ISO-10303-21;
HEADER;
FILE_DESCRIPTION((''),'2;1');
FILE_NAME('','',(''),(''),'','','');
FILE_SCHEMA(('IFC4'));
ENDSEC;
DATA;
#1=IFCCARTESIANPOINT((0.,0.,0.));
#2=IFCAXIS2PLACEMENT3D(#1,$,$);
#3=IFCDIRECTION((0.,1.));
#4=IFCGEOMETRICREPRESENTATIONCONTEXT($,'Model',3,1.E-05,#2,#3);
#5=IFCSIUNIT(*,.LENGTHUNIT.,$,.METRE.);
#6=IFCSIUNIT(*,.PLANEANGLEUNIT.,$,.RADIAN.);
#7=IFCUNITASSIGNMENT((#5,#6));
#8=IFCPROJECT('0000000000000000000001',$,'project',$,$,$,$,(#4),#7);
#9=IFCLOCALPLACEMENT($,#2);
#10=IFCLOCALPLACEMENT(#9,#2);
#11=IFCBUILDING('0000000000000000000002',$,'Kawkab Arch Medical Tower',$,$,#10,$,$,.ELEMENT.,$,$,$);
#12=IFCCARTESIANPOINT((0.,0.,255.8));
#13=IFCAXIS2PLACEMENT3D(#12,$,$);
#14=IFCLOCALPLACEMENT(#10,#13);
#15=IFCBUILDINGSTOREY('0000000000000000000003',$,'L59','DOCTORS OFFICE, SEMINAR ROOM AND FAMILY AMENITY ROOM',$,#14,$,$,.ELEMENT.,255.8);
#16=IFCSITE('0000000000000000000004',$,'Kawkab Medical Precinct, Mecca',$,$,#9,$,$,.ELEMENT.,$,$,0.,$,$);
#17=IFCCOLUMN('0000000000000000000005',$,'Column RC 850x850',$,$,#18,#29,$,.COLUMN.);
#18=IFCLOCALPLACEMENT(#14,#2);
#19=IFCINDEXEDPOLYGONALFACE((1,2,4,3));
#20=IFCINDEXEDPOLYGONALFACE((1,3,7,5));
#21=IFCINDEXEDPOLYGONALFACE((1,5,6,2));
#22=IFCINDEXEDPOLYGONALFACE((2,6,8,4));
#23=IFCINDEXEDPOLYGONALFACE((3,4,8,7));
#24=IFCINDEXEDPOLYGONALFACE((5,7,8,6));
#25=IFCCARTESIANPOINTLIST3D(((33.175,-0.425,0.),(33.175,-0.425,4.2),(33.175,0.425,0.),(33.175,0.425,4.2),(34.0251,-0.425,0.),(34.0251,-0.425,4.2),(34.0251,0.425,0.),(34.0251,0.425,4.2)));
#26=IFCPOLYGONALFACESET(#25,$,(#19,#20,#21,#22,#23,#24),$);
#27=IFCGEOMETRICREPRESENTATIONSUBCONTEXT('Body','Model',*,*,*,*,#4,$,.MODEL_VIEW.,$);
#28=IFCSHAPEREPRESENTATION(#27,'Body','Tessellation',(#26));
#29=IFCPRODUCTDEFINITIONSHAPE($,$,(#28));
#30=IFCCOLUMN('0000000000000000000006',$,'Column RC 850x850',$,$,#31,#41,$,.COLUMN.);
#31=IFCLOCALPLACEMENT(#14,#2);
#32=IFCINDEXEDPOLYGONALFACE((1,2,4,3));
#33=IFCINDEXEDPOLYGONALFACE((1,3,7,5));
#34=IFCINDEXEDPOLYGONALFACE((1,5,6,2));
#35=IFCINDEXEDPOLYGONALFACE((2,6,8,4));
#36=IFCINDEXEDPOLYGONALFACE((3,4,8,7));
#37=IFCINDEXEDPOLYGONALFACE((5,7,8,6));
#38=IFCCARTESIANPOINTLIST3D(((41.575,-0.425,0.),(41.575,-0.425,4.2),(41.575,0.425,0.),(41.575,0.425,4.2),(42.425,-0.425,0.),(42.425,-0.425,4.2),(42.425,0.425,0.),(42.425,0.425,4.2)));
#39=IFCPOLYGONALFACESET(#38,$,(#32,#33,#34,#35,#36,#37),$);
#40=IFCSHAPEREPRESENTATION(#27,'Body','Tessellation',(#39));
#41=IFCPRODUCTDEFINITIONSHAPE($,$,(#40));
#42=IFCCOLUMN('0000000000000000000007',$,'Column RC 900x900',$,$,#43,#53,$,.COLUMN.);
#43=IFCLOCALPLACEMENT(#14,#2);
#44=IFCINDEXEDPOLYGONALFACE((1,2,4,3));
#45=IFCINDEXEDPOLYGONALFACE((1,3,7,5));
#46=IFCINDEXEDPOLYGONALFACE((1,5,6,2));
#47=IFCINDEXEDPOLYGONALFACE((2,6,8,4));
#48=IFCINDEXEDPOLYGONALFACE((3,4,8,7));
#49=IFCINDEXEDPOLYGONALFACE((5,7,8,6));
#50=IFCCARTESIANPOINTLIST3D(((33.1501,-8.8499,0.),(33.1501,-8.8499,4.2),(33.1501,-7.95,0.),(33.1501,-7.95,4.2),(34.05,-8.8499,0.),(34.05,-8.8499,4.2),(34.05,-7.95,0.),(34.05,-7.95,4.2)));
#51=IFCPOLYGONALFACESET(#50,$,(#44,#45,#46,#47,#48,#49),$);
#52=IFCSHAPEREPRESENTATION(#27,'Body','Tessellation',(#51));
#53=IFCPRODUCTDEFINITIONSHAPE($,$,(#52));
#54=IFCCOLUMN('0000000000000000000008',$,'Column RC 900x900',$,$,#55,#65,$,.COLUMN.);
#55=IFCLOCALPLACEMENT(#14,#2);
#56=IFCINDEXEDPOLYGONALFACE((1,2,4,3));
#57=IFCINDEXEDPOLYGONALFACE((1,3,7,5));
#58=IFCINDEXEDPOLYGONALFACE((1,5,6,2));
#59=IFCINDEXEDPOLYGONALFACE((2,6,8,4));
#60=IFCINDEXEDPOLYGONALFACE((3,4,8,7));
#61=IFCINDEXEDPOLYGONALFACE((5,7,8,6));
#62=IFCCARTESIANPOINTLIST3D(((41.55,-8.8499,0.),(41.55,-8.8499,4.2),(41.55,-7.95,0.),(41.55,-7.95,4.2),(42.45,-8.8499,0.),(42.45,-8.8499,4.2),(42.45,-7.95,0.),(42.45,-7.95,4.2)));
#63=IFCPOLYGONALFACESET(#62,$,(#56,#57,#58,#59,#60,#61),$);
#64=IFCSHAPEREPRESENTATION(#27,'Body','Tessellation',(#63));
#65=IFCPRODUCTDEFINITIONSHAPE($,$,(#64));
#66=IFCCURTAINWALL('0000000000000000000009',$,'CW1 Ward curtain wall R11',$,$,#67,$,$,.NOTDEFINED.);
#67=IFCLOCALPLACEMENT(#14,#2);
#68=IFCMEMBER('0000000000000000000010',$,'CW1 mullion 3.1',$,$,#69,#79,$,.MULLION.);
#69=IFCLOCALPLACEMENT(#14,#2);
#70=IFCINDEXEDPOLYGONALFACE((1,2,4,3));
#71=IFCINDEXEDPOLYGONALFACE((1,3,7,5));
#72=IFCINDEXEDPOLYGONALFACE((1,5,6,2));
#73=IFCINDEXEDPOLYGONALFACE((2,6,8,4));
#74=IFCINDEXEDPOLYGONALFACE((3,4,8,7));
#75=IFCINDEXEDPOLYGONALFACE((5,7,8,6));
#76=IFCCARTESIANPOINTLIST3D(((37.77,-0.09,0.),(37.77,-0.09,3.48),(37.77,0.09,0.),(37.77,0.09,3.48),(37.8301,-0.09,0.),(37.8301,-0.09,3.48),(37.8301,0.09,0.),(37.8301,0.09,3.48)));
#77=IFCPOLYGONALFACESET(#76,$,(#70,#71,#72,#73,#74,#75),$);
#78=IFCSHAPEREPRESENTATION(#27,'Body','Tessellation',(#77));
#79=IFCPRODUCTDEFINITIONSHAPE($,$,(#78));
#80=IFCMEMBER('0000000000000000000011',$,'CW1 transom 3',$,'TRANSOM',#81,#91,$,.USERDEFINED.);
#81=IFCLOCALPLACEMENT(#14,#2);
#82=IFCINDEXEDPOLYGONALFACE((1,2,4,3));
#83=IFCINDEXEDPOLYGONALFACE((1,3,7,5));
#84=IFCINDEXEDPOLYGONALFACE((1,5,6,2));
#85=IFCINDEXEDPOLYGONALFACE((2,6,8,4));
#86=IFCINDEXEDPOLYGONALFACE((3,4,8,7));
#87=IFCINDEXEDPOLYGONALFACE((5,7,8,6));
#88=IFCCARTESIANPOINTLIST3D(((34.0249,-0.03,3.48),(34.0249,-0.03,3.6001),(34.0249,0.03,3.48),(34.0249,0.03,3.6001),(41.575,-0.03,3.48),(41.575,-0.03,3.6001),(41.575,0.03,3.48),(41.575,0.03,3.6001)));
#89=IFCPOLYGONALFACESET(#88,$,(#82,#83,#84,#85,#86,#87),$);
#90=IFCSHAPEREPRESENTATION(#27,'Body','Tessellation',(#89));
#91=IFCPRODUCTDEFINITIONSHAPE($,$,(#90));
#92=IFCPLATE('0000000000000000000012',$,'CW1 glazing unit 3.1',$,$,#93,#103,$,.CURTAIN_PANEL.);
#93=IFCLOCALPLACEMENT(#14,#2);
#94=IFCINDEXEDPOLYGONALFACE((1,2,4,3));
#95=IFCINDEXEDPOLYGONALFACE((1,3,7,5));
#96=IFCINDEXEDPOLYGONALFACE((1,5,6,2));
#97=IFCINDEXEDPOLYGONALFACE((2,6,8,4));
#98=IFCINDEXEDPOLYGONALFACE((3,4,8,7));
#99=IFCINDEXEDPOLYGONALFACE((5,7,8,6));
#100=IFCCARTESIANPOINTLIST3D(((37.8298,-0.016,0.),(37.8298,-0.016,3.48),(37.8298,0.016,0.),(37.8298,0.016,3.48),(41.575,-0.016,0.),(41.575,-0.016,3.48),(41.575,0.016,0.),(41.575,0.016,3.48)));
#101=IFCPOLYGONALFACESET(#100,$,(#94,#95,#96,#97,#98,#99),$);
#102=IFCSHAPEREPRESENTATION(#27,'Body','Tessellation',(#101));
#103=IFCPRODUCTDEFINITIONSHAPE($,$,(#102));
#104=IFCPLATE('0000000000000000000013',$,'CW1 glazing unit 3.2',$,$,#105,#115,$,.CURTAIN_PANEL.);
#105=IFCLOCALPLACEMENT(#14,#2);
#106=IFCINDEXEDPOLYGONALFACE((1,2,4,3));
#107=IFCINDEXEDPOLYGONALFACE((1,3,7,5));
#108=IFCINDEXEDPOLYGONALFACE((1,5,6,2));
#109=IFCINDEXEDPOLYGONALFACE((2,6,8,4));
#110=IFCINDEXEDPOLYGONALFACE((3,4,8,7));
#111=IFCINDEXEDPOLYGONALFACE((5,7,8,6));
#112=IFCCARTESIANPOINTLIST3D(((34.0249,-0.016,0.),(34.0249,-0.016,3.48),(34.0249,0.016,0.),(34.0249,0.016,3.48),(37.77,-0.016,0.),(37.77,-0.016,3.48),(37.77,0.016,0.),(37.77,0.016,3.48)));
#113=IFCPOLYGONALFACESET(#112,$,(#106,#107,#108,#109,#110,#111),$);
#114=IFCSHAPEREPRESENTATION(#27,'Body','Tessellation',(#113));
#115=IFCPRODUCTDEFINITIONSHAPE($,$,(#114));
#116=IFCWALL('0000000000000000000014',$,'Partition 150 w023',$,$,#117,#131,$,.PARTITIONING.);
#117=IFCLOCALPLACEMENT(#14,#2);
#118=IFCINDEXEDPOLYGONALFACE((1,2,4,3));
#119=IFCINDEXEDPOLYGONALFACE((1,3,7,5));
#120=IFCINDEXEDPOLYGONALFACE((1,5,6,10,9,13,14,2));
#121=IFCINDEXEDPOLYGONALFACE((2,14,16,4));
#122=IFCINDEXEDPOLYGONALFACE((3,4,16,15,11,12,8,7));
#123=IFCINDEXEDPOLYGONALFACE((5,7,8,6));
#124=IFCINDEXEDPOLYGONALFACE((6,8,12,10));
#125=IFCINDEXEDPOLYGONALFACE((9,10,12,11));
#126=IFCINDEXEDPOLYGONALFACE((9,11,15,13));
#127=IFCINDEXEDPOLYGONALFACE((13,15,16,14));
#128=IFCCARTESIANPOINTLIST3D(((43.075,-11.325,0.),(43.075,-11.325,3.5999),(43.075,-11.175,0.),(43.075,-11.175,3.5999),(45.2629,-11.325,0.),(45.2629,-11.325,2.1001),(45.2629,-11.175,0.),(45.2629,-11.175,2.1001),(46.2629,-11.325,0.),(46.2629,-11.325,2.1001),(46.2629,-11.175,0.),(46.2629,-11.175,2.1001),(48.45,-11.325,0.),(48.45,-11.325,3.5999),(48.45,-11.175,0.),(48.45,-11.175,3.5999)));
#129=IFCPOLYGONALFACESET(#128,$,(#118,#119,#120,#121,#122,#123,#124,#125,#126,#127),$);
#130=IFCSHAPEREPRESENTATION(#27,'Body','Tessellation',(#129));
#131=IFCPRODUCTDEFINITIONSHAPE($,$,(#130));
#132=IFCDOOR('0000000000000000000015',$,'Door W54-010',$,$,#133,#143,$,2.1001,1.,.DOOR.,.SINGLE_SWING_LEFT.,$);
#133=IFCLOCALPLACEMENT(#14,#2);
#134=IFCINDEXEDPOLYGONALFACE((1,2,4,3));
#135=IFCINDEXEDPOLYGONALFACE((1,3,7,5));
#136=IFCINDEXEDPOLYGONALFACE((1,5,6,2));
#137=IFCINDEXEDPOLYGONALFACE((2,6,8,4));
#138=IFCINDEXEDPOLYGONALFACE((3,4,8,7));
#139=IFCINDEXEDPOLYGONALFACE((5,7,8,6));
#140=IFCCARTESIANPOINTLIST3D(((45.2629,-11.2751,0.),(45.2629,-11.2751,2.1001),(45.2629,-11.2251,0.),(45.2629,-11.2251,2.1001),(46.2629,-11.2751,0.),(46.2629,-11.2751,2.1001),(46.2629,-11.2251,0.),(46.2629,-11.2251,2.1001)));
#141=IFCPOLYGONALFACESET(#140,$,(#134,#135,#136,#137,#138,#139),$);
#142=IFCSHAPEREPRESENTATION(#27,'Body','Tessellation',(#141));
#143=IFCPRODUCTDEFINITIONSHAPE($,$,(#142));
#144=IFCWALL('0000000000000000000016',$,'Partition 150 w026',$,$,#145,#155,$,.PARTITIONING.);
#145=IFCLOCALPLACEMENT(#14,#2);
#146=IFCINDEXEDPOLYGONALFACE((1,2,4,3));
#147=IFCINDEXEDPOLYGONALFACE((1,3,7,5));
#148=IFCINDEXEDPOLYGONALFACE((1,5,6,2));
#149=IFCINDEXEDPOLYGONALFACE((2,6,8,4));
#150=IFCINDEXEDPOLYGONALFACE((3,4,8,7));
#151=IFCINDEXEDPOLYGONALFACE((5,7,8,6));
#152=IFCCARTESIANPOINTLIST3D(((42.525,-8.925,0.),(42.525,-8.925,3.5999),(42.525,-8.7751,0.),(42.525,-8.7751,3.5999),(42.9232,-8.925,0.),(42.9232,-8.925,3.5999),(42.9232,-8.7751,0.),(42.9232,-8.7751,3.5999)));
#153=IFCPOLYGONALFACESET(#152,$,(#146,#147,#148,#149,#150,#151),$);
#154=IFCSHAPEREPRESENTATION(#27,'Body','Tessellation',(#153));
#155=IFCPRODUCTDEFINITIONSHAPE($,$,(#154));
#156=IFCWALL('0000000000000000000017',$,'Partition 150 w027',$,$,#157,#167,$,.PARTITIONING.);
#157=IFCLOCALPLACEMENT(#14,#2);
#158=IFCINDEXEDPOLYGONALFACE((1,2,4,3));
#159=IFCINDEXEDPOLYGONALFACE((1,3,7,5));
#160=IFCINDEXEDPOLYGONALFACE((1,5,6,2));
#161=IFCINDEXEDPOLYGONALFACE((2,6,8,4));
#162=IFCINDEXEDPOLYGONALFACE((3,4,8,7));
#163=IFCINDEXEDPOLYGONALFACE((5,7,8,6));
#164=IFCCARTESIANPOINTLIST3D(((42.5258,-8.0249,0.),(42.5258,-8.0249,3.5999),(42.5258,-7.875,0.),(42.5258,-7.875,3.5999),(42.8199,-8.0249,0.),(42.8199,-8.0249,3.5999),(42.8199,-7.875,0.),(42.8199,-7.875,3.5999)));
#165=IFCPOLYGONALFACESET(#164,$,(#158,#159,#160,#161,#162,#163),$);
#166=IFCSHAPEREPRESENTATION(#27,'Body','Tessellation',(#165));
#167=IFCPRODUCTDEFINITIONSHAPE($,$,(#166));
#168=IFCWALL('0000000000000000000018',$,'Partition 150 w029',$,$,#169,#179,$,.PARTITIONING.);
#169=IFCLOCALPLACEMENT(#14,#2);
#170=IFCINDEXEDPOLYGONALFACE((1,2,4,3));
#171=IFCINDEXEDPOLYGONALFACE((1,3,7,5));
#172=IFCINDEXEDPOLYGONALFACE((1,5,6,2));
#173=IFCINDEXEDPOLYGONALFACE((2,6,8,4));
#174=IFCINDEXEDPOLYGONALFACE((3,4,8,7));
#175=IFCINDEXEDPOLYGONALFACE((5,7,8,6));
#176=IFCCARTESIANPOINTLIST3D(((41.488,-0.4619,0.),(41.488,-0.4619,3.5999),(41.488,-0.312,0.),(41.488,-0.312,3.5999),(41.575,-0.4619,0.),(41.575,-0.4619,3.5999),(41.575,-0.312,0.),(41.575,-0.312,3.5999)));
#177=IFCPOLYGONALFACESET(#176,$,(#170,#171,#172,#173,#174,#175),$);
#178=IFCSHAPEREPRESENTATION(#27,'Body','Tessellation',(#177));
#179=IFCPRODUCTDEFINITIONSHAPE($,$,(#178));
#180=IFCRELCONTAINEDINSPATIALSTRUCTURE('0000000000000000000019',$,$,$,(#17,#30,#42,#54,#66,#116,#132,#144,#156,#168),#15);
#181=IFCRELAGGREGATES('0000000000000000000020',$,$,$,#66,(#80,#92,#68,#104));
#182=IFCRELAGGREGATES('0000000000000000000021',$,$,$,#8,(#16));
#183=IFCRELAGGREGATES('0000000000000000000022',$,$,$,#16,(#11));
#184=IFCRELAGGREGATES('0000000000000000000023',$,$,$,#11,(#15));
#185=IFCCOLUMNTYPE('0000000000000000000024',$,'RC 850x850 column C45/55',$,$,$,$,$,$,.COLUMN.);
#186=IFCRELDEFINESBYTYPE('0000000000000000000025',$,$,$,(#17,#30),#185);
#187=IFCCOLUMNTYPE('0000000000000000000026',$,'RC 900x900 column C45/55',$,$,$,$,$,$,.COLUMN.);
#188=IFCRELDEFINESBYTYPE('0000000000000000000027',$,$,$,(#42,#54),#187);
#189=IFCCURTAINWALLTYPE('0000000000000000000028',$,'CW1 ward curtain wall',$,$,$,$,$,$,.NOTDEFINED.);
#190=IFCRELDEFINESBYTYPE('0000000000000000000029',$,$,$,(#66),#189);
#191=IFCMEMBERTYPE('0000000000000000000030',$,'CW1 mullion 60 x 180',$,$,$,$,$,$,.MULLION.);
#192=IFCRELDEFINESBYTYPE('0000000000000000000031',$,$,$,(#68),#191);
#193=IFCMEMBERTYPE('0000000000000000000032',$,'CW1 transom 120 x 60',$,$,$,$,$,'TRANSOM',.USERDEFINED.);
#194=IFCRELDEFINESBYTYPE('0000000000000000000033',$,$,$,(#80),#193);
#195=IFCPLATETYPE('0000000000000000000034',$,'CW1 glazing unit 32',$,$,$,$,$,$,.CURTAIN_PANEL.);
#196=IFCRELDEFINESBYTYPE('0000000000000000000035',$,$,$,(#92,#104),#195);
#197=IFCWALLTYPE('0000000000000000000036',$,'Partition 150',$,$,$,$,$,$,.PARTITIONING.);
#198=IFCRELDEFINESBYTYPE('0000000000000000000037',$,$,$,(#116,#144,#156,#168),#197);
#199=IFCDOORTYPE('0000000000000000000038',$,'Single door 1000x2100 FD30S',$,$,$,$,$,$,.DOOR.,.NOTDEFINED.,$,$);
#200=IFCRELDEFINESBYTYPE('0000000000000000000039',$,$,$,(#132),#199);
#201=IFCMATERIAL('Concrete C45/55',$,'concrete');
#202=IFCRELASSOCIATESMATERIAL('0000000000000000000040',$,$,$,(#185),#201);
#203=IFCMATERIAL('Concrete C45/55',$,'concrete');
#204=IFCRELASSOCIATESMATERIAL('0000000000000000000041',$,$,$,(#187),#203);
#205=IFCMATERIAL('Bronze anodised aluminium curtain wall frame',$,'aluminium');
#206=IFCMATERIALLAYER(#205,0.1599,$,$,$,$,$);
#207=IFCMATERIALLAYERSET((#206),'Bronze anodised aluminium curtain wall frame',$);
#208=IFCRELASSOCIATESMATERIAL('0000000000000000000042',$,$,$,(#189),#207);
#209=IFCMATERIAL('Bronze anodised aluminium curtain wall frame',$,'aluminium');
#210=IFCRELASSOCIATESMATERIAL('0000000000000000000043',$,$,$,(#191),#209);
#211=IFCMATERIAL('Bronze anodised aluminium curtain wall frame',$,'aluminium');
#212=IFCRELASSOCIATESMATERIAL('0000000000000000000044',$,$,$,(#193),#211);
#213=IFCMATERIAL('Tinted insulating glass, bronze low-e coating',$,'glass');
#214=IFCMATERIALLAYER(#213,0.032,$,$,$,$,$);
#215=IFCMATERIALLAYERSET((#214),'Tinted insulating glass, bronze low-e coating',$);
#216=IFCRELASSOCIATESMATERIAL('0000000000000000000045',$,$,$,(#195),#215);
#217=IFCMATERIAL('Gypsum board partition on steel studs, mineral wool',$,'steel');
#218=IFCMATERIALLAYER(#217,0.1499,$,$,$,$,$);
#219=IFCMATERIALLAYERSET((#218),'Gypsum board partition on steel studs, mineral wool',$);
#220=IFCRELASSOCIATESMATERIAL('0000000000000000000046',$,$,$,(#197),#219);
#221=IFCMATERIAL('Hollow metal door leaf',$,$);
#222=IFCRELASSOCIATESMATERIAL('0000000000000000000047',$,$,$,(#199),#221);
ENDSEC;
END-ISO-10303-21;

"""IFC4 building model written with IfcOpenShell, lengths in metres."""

from ifc_helpers import new_model, si_unit, direction, frame, frame_2d, origin, origin_2d, place, context, subcontext, project, spatial, rectangle, extrude, material, layer, layer_set, material_profile, profile_set, type_object, element, fill, aggregate, save


model = new_model("IFC4")

# Units and contexts
model_context = context("Model", 3, precision=1e-05, world=origin(), true_north=direction((0.0, 1.0)))
body_context = subcontext(model_context, "Body", "Model", "MODEL_VIEW")
ifc_project = project(units=[si_unit("LENGTHUNIT", "METRE"), si_unit("PLANEANGLEUNIT", "RADIAN")], contexts=[model_context])

# Site, building, storey
site_placement = place(None, origin())
site = spatial("IfcSite", under=ifc_project, at=site_placement, Name="Kawkab Medical Precinct, Mecca", CompositionType="ELEMENT", RefElevation=0.0)
building_placement = place(site_placement, origin())
building = spatial("IfcBuilding", under=site, at=building_placement, Name="Kawkab Arch Medical Tower", CompositionType="ELEMENT")
storey_placement = place(building_placement, frame((0.0, 0.0, 255.8)))
storey = spatial("IfcBuildingStorey", under=building, at=storey_placement, Name="L59", Description="DOCTORS OFFICE, SEMINAR ROOM AND FAMILY AMENITY ROOM", CompositionType="ELEMENT", Elevation=255.8)

# Columns
ifc_material_1 = material(Name="Concrete C45/55", Category="concrete")
ifc_material_profile_1 = material_profile(ifc_material_1, rectangle(XDim=0.8501, YDim=0.8501, at=origin_2d()), Name="RC 850x850")
ifc_profile_set_1 = profile_set([ifc_material_profile_1], Name="Concrete C45/55")
column_type_1 = type_object("IfcColumnType", Name="RC 850x850 column C45/55", PredefinedType="COLUMN", material=ifc_profile_set_1)
for number, where, z_axis, x_axis, name in (
    (1, (33.6001, 0.0, 0.0), (0.0, 0.0, 1.0), (1.0, 0.0, 0.0), "Column RC 850x850"),
    (2, (42.0, 0.0, 0.0), (0.0, 0.0, 1.0), (1.0, 0.0, 0.0), "Column RC 850x850"),
):
    element("IfcColumn", number, at=place(storey_placement, frame(where, z_axis=z_axis, x_axis=x_axis)), inside=storey, type_object=column_type_1, Name=name, PredefinedType="COLUMN", context=body_context, shape_type="SweptSolid", body=[
        extrude(rectangle(XDim=0.8501, YDim=0.8501, at=origin_2d()), origin(), (0.0, 0.0, 1.0), 4.2),
    ])
ifc_material_2 = material(Name="Concrete C45/55", Category="concrete")
ifc_material_profile_2 = material_profile(ifc_material_2, rectangle(XDim=0.8999, YDim=0.8999, at=origin_2d()), Name="RC 900x900")
ifc_profile_set_2 = profile_set([ifc_material_profile_2], Name="Concrete C45/55")
column_type_2 = type_object("IfcColumnType", Name="RC 900x900 column C45/55", PredefinedType="COLUMN", material=ifc_profile_set_2)
for number, where, z_axis, x_axis, name in (
    (3, (33.6001, -8.3999, 0.0), (0.0, 0.0, 1.0), (1.0, 0.0, 0.0), "Column RC 900x900"),
    (4, (42.0, -8.3999, 0.0), (0.0, 0.0, 1.0), (1.0, 0.0, 0.0), "Column RC 900x900"),
):
    element("IfcColumn", number, at=place(storey_placement, frame(where, z_axis=z_axis, x_axis=x_axis)), inside=storey, type_object=column_type_2, Name=name, PredefinedType="COLUMN", context=body_context, shape_type="SweptSolid", body=[
        extrude(rectangle(XDim=0.8999, YDim=0.8999, at=origin_2d()), origin(), (0.0, 0.0, 1.0), 4.2),
    ])

# Curtain wall, members, plates
ifc_material_3 = material(Name="Bronze anodised aluminium curtain wall frame", Category="aluminium")
ifc_layer_1 = layer(ifc_material_3, 0.1599)
ifc_layer_set_1 = layer_set([ifc_layer_1], Name="Bronze anodised aluminium curtain wall frame")
curtain_wall_type = type_object("IfcCurtainWallType", Name="CW1 ward curtain wall", PredefinedType="NOTDEFINED", material=ifc_layer_set_1)
curtain_wall_placement = place(storey_placement, origin())
curtain_wall = element("IfcCurtainWall", 5, at=curtain_wall_placement, inside=storey, type_object=curtain_wall_type, Name="CW1 Ward curtain wall R11", PredefinedType="NOTDEFINED")
ifc_material_4 = material(Name="Bronze anodised aluminium curtain wall frame", Category="aluminium")
ifc_material_profile_3 = material_profile(ifc_material_4, rectangle(XDim=0.1799, YDim=0.0601, at=origin_2d()), Name="AL 60x180")
ifc_profile_set_3 = profile_set([ifc_material_profile_3], Name="Bronze anodised aluminium curtain wall frame")
member_type_1 = type_object("IfcMemberType", Name="CW1 mullion 60 x 180", PredefinedType="MULLION", material=ifc_profile_set_3)
member_1_placement = place(storey_placement, frame((37.8, 0.0, 0.0), z_axis=(0.0, 0.0, 1.0), x_axis=(0.0, -1.0, 0.0)))
member_1 = element("IfcMember", 6, at=member_1_placement, type_object=member_type_1, Name="CW1 mullion 3.1", PredefinedType="MULLION", context=body_context, shape_type="SweptSolid", body=[
    extrude(rectangle(XDim=0.1799, YDim=0.0601, at=origin_2d()), origin(), (0.0, 0.0, 1.0), 3.48),
])
ifc_material_5 = material(Name="Bronze anodised aluminium curtain wall frame", Category="aluminium")
ifc_material_profile_4 = material_profile(ifc_material_5, rectangle(XDim=0.0601, YDim=0.1201, at=origin_2d()), Name="AL 60x120")
ifc_profile_set_4 = profile_set([ifc_material_profile_4], Name="Bronze anodised aluminium curtain wall frame")
member_type_2 = type_object("IfcMemberType", Name="CW1 transom 120 x 60", ElementType="TRANSOM", PredefinedType="USERDEFINED", material=ifc_profile_set_4)
member_2_placement = place(storey_placement, frame((41.575, 0.0, 3.54), z_axis=(-1.0, 0.0, 0.0), x_axis=(0.0, -1.0, 0.0)))
member_2 = element("IfcMember", 7, at=member_2_placement, type_object=member_type_2, Name="CW1 transom 3", ObjectType="TRANSOM", PredefinedType="USERDEFINED", context=body_context, shape_type="SweptSolid", body=[
    extrude(rectangle(XDim=0.0601, YDim=0.1201, at=origin_2d()), origin(), (0.0, 0.0, 1.0), 7.55),
])
ifc_material_6 = material(Name="Tinted insulating glass, bronze low-e coating", Category="glass")
ifc_layer_2 = layer(ifc_material_6, 0.032)
ifc_layer_set_2 = layer_set([ifc_layer_2], Name="Tinted insulating glass, bronze low-e coating")
plate_type = type_object("IfcPlateType", Name="CW1 glazing unit 32", PredefinedType="CURTAIN_PANEL", material=ifc_layer_set_2)
plate_1_placement = place(storey_placement, frame((39.7024, 0.0, 0.0), z_axis=(0.0, 0.0, 1.0), x_axis=(-1.0, 0.0, 0.0)))
plate_1 = element("IfcPlate", 8, at=plate_1_placement, type_object=plate_type, Name="CW1 glazing unit 3.1", PredefinedType="CURTAIN_PANEL", context=body_context, shape_type="SweptSolid", body=[
    extrude(rectangle(XDim=3.7451, YDim=0.032, at=origin_2d()), origin(), (0.0, 0.0, 1.0), 3.48),
])
plate_2_placement = place(storey_placement, frame((35.8975, 0.0, 0.0), z_axis=(0.0, 0.0, 1.0), x_axis=(-1.0, 0.0, 0.0)))
plate_2 = element("IfcPlate", 9, at=plate_2_placement, type_object=plate_type, Name="CW1 glazing unit 3.2", PredefinedType="CURTAIN_PANEL", context=body_context, shape_type="SweptSolid", body=[
    extrude(rectangle(XDim=3.7451, YDim=0.032, at=origin_2d()), origin(), (0.0, 0.0, 1.0), 3.48),
])
aggregate(curtain_wall, [member_2, plate_1, member_1, plate_2])

# Wall, opening, door
ifc_material_7 = material(Name="Gypsum board partition on steel studs, mineral wool", Category="steel")
ifc_layer_3 = layer(ifc_material_7, 0.1499)
ifc_layer_set_3 = layer_set([ifc_layer_3], Name="Gypsum board partition on steel studs, mineral wool")
wall_type_1 = type_object("IfcWallType", Name="Partition 150", PredefinedType="PARTITIONING", material=ifc_layer_set_3)
wall_1_placement = place(storey_placement, frame((43.075, -11.25, 0.0), z_axis=(0.0, 0.0, 1.0), x_axis=(1.0, 0.0, 0.0)))
wall_1 = element("IfcWall", 10, at=wall_1_placement, inside=storey, type_object=wall_type_1, Name="Partition 150 w023", PredefinedType="PARTITIONING", context=body_context, shape_type="SweptSolid", body=[
    extrude(rectangle(XDim=5.375, YDim=0.1499, at=frame_2d((2.6875, 0.0))), origin(), (0.0, 0.0, 1.0), 3.5999),
])
opening_1_placement = place(wall_1_placement, frame((2.188, 0.0, 0.0)))
opening_1 = element("IfcOpeningElement", 11, at=opening_1_placement, cuts=wall_1, PredefinedType="OPENING", context=body_context, shape_type="SweptSolid", body=[
    extrude(rectangle(XDim=1.0, YDim=2.1001, at=frame_2d((0.5, 1.05))), frame((0.0, 0.085, 0.0), z_axis=(0.0, -1.0, 0.0), x_axis=(1.0, 0.0, 0.0)), (0.0, 0.0, 1.0), 0.1699),
])
ifc_material_8 = material(Name="Hollow metal door leaf")
door_type_1 = type_object("IfcDoorType", Name="Single door 1000x2100 FD30S", OperationType="NOTDEFINED", PredefinedType="DOOR", material=ifc_material_8)
door_1_placement = place(opening_1_placement, origin())
door_1 = element("IfcDoor", 12, at=door_1_placement, inside=storey, type_object=door_type_1, Name="Door W54-010", OperationType="SINGLE_SWING_LEFT", OverallHeight=2.1001, OverallWidth=1.0, PredefinedType="DOOR", context=body_context, shape_type="SweptSolid", body=[
    extrude(rectangle(XDim=1.0, YDim=2.1001, at=frame_2d((0.5, 1.05))), frame((0.0, 0.0249, 0.0), z_axis=(0.0, -1.0, 0.0), x_axis=(1.0, 0.0, 0.0)), (0.0, 0.0, 1.0), 0.05),
])
fill(opening_1, door_1)

# Walls
wall_2_placement = place(storey_placement, frame((42.5249, -8.8501, 0.0), z_axis=(0.0, 0.0, 1.0), x_axis=(1.0, 0.0, 0.0)))
element("IfcWall", 13, at=wall_2_placement, inside=storey, type_object=wall_type_1, Name="Partition 150 w026", PredefinedType="PARTITIONING", context=body_context, shape_type="SweptSolid", body=[
    extrude(rectangle(XDim=0.3982, YDim=0.1499, at=frame_2d((0.1992, 0.0))), origin(), (0.0, 0.0, 1.0), 3.5999),
])
wall_3_placement = place(storey_placement, frame((42.5259, -7.95, 0.0), z_axis=(0.0, 0.0, 1.0), x_axis=(1.0, 0.0, 0.0)))
element("IfcWall", 14, at=wall_3_placement, inside=storey, type_object=wall_type_1, Name="Partition 150 w027", PredefinedType="PARTITIONING", context=body_context, shape_type="SweptSolid", body=[
    extrude(rectangle(XDim=0.2942, YDim=0.1499, at=frame_2d((0.147, 0.0))), origin(), (0.0, 0.0, 1.0), 3.5999),
])
wall_4_placement = place(storey_placement, frame((41.488, -0.387, 0.0), z_axis=(0.0, 0.0, 1.0), x_axis=(1.0, 0.0, 0.0)))
element("IfcWall", 15, at=wall_4_placement, inside=storey, type_object=wall_type_1, Name="Partition 150 w029", PredefinedType="PARTITIONING", context=body_context, shape_type="SweptSolid", body=[
    extrude(rectangle(XDim=0.0869, YDim=0.1499, at=frame_2d((0.0435, 0.0))), origin(), (0.0, 0.0, 1.0), 3.5999),
])

save(model, "model.ifc")
